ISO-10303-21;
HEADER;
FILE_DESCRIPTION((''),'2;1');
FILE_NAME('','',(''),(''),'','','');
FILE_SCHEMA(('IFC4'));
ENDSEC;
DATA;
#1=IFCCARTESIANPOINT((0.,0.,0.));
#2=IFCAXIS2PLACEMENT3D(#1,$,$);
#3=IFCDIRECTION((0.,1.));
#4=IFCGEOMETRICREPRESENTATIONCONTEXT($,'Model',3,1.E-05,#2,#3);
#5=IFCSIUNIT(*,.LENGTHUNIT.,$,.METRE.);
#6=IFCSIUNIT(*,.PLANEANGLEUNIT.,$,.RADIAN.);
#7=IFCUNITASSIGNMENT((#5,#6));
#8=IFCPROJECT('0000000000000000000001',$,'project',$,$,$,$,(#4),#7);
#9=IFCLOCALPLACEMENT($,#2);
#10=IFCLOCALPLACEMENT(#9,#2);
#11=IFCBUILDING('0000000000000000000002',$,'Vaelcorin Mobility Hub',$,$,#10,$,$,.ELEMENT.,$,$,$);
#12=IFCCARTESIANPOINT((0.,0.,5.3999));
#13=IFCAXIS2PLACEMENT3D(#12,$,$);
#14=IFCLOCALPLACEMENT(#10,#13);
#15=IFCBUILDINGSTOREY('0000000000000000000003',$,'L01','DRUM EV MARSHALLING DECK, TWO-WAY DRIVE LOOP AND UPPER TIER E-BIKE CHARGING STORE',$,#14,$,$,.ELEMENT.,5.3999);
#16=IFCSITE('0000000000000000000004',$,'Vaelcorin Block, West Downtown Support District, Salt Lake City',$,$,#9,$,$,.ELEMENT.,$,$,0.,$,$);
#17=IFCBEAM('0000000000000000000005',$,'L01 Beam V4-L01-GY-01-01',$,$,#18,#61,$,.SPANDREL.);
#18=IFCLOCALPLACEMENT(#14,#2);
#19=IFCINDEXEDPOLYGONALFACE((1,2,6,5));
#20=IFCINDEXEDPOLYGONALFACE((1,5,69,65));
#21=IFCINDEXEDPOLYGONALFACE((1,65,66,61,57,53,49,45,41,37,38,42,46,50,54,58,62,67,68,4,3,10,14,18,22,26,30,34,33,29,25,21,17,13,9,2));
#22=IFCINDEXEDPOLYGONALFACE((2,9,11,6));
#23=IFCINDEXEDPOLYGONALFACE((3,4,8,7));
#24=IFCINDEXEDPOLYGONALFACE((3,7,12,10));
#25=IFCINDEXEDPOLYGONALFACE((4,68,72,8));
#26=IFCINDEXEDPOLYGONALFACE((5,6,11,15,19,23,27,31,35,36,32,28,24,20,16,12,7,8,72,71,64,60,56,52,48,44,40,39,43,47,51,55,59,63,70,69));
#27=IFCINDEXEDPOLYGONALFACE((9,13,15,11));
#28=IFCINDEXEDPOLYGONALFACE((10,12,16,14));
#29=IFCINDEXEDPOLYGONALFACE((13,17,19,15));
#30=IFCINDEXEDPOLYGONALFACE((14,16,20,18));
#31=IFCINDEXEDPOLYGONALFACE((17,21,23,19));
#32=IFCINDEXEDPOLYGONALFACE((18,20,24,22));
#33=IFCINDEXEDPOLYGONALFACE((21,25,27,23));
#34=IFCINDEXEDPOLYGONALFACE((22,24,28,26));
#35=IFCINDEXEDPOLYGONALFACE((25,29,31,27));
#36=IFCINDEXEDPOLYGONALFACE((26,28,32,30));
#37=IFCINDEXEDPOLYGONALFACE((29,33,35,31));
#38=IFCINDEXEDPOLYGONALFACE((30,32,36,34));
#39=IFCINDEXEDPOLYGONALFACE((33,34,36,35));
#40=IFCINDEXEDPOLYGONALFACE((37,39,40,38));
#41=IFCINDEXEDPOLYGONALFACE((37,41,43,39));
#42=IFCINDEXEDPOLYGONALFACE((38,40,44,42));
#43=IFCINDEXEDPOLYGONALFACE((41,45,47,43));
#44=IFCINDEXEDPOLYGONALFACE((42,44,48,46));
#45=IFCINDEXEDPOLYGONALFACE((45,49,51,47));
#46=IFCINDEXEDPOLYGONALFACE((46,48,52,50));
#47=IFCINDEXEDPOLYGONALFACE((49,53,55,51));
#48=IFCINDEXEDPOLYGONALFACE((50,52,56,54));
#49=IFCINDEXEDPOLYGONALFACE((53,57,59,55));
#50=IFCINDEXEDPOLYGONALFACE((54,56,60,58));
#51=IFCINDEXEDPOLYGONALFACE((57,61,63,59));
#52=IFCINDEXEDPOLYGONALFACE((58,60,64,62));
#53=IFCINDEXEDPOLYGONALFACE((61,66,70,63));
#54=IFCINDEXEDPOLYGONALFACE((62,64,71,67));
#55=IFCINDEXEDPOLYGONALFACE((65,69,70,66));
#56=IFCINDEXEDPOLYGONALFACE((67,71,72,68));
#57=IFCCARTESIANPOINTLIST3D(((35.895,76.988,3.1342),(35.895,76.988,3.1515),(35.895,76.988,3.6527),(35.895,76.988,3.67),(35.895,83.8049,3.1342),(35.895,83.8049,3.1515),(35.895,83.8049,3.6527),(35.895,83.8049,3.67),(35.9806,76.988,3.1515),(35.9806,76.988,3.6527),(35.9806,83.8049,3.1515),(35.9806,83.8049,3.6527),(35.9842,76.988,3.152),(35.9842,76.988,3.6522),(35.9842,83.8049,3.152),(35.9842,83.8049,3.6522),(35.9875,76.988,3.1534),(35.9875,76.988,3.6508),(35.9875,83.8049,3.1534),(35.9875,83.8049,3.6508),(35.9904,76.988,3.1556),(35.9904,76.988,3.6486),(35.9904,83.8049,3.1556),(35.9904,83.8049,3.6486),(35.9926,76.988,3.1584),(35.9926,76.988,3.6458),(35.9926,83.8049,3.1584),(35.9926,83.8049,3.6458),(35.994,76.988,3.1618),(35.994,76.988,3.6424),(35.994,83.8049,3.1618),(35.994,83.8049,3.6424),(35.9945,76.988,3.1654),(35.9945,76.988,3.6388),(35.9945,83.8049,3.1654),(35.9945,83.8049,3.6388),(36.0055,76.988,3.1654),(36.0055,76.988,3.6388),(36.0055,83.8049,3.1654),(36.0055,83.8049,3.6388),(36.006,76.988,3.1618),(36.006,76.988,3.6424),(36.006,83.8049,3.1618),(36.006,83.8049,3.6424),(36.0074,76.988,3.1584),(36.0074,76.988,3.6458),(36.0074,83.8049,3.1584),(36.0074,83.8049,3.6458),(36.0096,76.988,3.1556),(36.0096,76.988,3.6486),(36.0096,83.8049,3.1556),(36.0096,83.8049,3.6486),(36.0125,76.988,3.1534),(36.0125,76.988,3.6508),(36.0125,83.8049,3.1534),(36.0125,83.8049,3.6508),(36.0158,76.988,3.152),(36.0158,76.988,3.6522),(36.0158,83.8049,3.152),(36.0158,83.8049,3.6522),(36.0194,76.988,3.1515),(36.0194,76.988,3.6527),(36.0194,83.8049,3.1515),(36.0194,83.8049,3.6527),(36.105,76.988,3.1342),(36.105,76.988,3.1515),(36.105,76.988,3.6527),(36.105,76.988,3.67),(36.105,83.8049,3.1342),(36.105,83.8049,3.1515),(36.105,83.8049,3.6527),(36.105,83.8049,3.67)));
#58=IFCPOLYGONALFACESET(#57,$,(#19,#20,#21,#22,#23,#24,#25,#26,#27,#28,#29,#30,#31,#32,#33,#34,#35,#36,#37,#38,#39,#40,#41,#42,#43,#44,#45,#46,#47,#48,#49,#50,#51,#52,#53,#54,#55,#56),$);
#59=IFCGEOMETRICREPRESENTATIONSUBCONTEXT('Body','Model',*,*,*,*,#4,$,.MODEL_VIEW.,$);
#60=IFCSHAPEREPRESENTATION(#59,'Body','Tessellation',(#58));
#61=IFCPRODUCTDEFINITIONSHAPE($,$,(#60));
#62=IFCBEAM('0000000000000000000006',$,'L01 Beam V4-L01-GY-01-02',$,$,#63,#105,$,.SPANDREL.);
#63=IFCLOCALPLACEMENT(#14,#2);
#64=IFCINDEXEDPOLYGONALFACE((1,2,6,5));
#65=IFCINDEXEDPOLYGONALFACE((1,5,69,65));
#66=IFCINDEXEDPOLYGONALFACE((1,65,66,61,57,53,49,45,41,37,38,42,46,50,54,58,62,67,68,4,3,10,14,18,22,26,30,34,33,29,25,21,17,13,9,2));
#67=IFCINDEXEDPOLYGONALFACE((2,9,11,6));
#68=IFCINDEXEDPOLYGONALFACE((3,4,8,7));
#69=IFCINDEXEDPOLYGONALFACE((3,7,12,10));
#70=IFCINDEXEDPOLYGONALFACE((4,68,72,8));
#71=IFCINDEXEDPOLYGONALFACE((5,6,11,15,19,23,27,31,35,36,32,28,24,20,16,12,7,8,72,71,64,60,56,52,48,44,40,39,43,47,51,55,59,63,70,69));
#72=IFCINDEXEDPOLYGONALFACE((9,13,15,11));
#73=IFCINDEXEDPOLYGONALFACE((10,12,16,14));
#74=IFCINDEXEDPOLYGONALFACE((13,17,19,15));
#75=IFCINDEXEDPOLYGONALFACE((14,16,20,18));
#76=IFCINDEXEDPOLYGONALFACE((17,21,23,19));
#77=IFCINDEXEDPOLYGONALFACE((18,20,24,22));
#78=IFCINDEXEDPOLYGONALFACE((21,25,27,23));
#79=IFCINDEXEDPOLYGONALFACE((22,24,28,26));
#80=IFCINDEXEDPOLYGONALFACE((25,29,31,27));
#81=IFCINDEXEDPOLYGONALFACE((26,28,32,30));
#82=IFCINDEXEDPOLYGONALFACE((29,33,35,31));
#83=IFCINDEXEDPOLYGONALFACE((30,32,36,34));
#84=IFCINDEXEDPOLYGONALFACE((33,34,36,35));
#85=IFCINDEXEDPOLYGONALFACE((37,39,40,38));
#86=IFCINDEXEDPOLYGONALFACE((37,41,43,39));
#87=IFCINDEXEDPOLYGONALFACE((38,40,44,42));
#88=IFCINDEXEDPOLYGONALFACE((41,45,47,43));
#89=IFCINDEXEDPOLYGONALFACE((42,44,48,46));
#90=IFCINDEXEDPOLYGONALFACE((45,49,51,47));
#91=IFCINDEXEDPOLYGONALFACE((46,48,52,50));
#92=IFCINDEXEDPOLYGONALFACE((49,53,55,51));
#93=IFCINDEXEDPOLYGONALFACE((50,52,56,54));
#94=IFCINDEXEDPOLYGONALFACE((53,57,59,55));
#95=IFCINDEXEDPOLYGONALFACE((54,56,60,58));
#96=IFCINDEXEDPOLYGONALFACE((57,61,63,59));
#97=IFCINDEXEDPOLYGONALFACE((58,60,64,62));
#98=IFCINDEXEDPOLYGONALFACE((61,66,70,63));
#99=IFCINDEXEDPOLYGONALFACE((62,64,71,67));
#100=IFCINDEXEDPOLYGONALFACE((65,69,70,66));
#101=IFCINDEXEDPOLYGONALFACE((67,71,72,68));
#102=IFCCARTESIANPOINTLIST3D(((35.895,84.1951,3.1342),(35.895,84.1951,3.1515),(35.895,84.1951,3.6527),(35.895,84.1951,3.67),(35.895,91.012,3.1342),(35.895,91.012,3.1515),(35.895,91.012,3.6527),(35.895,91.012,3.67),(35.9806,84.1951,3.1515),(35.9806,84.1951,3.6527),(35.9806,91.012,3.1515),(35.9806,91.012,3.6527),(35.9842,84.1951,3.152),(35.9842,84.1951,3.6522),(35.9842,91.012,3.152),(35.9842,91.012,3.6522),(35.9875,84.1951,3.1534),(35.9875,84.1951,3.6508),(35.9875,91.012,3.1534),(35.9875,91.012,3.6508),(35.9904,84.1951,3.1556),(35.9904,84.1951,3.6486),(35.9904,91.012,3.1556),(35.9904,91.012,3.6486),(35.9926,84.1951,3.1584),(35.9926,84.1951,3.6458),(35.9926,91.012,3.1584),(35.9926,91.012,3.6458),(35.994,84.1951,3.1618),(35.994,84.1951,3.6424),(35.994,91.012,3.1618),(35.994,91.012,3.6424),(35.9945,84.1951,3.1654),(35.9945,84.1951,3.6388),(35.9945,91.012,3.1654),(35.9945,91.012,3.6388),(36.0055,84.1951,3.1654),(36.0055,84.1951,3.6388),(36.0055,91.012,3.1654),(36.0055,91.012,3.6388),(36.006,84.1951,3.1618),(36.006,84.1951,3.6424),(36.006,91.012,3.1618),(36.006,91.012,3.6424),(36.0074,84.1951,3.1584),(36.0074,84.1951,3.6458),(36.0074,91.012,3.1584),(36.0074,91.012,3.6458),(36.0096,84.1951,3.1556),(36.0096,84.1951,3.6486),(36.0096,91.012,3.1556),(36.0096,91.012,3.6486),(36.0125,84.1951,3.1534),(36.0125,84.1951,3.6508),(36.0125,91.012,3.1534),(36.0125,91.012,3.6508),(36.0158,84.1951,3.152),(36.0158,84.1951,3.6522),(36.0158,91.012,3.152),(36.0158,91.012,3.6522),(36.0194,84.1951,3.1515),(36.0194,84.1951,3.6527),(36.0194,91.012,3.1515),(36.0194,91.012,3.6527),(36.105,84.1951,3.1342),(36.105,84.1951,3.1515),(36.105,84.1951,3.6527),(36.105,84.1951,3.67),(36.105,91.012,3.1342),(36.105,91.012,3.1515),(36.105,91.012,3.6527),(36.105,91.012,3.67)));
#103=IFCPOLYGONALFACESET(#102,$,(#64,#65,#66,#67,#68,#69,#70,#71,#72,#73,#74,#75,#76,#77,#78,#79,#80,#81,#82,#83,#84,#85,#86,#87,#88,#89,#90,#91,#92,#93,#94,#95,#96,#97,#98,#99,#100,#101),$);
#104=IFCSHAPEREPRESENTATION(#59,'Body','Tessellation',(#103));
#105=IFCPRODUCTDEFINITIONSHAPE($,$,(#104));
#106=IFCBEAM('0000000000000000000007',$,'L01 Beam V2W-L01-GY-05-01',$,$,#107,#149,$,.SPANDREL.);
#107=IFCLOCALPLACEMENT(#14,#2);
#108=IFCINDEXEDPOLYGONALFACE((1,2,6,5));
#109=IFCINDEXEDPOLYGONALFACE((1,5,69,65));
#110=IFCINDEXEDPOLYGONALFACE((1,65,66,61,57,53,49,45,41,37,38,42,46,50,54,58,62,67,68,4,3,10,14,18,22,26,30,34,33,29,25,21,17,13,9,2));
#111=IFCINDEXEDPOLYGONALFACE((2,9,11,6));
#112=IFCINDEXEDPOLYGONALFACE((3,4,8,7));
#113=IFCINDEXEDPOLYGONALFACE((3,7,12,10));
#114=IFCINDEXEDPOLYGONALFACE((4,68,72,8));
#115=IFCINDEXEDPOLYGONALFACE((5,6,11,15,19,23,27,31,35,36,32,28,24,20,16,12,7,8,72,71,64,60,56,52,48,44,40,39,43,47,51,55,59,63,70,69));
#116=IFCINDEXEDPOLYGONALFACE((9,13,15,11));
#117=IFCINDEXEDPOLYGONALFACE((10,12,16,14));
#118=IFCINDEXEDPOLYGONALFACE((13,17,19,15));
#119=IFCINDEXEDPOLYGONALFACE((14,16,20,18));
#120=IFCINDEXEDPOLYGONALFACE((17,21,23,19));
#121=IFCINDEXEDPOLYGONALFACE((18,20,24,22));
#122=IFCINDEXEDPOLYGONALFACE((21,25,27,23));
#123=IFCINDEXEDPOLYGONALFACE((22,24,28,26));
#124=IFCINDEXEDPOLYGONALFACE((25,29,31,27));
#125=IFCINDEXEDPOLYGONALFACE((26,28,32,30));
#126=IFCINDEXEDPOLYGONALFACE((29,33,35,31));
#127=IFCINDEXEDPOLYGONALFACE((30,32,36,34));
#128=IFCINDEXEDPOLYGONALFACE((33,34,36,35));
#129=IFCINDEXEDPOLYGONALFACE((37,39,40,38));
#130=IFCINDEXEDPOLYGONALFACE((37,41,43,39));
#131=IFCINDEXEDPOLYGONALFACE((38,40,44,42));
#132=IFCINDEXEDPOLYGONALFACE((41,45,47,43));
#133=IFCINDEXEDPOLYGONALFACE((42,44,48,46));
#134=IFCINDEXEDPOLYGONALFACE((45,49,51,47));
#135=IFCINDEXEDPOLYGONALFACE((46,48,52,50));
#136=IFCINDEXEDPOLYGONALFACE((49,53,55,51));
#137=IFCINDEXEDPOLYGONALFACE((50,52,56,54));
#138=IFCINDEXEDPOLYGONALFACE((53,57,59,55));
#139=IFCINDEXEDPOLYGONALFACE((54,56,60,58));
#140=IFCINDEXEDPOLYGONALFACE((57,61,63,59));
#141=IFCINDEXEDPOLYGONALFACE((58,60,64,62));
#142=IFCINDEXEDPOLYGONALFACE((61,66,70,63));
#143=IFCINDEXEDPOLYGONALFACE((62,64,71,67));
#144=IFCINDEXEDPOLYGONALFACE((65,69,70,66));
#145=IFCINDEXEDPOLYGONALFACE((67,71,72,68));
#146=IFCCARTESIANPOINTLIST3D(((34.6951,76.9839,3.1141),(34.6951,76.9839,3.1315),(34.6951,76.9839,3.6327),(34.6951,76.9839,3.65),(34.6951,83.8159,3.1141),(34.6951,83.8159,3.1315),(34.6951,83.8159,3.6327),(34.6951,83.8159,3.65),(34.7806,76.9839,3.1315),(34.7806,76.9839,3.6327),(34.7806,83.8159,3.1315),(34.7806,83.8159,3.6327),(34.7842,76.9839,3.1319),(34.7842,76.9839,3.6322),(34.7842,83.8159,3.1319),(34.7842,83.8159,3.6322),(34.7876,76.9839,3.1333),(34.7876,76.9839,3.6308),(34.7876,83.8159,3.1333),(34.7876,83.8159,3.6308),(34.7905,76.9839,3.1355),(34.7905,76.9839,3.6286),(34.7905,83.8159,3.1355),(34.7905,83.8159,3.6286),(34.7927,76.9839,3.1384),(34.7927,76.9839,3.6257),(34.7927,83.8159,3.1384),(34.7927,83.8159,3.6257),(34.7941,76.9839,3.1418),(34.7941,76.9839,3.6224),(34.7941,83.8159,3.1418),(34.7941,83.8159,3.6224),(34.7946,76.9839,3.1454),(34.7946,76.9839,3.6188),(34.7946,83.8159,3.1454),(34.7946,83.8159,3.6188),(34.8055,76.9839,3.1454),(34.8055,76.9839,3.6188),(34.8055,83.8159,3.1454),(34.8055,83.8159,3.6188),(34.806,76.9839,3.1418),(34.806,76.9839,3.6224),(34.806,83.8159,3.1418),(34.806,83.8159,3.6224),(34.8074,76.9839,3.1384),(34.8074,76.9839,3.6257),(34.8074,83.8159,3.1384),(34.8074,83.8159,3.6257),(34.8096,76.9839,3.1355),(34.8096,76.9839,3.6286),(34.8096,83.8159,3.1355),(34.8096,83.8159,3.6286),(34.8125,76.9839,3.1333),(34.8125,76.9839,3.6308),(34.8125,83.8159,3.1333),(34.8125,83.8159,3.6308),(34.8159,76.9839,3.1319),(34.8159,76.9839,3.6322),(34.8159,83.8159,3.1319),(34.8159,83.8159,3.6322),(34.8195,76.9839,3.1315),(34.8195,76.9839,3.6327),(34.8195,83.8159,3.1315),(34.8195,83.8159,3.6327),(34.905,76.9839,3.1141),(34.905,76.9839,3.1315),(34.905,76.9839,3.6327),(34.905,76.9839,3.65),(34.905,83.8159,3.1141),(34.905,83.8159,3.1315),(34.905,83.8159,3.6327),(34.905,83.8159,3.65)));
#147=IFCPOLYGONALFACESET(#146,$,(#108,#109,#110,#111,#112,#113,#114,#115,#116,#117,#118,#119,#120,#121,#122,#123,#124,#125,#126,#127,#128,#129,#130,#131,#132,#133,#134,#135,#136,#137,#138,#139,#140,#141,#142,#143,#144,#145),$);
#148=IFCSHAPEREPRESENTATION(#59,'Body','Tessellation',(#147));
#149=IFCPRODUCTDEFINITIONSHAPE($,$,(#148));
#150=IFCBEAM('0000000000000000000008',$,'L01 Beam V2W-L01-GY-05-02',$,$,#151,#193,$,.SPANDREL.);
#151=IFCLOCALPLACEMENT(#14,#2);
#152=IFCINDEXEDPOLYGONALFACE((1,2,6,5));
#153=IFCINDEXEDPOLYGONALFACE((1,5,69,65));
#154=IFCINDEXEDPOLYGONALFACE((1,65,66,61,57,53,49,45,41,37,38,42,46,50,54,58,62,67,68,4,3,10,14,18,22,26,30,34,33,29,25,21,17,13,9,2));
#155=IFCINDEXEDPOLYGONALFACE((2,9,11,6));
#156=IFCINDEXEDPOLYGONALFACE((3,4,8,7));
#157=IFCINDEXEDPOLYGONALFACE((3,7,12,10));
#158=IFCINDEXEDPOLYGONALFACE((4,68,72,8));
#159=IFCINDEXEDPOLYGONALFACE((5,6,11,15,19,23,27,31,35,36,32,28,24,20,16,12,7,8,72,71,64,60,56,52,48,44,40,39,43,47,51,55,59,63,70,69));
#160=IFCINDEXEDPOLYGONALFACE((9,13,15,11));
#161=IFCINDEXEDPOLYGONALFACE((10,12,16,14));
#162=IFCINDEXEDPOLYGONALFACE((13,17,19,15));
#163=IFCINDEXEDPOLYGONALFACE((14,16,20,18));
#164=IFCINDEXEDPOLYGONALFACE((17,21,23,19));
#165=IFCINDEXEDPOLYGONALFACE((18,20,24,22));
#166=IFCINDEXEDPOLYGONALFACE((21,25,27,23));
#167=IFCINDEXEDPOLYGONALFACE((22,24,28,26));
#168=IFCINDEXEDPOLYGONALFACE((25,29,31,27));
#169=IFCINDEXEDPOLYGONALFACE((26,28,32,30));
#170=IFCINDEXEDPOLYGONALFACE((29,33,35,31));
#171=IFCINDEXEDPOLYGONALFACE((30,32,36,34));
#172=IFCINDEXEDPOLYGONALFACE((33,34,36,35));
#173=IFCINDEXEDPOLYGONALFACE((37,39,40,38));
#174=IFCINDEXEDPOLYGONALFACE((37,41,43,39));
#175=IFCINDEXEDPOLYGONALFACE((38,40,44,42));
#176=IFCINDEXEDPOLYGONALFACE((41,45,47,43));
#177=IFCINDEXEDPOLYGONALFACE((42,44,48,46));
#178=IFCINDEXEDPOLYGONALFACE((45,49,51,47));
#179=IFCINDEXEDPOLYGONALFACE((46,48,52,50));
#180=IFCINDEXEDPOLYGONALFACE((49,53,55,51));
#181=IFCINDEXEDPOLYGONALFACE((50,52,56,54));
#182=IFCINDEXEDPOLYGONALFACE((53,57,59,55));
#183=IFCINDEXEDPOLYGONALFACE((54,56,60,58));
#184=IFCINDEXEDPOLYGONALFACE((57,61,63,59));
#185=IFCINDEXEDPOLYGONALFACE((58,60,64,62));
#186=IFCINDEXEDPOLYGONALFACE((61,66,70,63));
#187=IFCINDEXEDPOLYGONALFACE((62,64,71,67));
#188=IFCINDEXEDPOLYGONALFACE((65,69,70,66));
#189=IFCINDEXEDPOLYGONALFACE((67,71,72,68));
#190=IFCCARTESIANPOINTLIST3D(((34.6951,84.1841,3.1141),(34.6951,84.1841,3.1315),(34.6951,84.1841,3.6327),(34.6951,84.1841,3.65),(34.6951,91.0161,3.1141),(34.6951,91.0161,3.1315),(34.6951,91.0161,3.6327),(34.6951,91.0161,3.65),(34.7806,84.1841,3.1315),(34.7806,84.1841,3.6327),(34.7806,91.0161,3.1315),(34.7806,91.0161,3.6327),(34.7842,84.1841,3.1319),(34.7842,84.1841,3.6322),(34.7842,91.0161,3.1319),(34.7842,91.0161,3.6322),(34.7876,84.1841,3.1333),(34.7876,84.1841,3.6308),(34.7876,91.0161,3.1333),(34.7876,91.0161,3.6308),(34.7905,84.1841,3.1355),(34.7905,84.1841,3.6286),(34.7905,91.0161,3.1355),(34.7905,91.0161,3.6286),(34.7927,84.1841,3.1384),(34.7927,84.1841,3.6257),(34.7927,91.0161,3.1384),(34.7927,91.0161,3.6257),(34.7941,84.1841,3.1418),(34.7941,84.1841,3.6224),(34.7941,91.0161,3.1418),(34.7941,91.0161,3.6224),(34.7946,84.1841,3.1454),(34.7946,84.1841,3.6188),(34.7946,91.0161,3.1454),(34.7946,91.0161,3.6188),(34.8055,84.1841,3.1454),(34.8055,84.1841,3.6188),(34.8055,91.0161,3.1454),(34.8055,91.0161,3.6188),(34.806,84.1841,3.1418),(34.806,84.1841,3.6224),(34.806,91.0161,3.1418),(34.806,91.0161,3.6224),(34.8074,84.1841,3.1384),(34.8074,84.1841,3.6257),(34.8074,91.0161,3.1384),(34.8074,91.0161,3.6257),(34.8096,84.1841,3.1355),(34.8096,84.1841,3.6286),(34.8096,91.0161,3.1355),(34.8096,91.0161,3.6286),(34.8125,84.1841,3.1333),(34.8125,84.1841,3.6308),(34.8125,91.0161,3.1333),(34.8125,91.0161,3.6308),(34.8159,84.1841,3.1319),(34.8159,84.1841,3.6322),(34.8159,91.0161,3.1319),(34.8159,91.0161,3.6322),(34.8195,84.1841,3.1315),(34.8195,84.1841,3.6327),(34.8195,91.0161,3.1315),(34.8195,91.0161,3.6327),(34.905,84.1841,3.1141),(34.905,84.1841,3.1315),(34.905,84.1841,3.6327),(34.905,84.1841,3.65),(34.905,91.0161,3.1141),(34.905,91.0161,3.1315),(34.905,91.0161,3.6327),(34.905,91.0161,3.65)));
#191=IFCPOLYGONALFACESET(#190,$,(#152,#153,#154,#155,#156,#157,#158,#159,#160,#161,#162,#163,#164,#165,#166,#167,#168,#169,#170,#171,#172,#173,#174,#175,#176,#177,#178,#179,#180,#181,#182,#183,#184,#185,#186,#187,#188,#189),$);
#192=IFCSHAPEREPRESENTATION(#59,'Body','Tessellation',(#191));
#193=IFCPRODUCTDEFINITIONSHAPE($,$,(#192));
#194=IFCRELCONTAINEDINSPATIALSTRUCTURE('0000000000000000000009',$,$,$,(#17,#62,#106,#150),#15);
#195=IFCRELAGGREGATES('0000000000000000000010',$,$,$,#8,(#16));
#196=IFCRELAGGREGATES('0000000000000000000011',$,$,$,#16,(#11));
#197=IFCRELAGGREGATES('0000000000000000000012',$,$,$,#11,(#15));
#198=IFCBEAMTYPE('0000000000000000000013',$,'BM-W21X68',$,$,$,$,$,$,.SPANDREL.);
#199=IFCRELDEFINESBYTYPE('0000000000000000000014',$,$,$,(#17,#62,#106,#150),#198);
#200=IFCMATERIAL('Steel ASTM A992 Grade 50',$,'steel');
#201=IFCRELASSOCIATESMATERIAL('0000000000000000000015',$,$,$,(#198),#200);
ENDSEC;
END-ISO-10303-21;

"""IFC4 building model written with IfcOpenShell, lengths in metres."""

from ifc_helpers import new_model, si_unit, direction, frame, origin, origin_2d, place, context, subcontext, project, spatial, i_section, extrude, material, material_profile, profile_set, type_object, element, save


model = new_model("IFC4")

# Units and contexts
model_context = context("Model", 3, precision=1e-05, world=origin(), true_north=direction((0.0, 1.0)))
body_context = subcontext(model_context, "Body", "Model", "MODEL_VIEW")
ifc_project = project(units=[si_unit("LENGTHUNIT", "METRE"), si_unit("PLANEANGLEUNIT", "RADIAN")], contexts=[model_context])

# Site, building, storey
site_placement = place(None, origin())
site = spatial("IfcSite", under=ifc_project, at=site_placement, Name="Vaelcorin Block, West Downtown Support District, Salt Lake City", CompositionType="ELEMENT", RefElevation=0.0)
building_placement = place(site_placement, origin())
building = spatial("IfcBuilding", under=site, at=building_placement, Name="Vaelcorin Mobility Hub", CompositionType="ELEMENT")
storey_placement = place(building_placement, frame((0.0, 0.0, 5.3999)))
storey = spatial("IfcBuildingStorey", under=building, at=storey_placement, Name="L01", Description="DRUM EV MARSHALLING DECK, TWO-WAY DRIVE LOOP AND UPPER TIER E-BIKE CHARGING STORE", CompositionType="ELEMENT", Elevation=5.3999)

# Shared definitions
ifc_material_1 = material(Name="Steel ASTM A992 Grade 50", Category="steel")

# Beams
ifc_material_profile_1 = material_profile(ifc_material_1, i_section(OverallWidth=0.21, OverallDepth=0.5359, WebThickness=0.011, FlangeThickness=0.0173, FilletRadius=0.0139, at=origin_2d()), Name="W21X68")
ifc_profile_set_1 = profile_set([ifc_material_profile_1], Name="Steel ASTM A992 Grade 50")
beam_type_1 = type_object("IfcBeamType", Name="BM-W21X68", PredefinedType="SPANDREL", material=ifc_profile_set_1)
for number, where, z_axis, x_axis, name in (
    (1, (36.0, 76.988, 3.4021), (0.0, 1.0, 0.0), (-1.0, 0.0, 0.0), "L01 Beam V4-L01-GY-01-01"),
    (2, (36.0, 84.1951, 3.4021), (0.0, 1.0, 0.0), (-1.0, 0.0, 0.0), "L01 Beam V4-L01-GY-01-02"),
):
    element("IfcBeam", number, at=place(storey_placement, frame(where, z_axis=z_axis, x_axis=x_axis)), inside=storey, type_object=beam_type_1, Name=name, PredefinedType="SPANDREL", context=body_context, shape_type="SweptSolid", body=[
        extrude(i_section(OverallWidth=0.21, OverallDepth=0.5359, WebThickness=0.011, FlangeThickness=0.0173, FilletRadius=0.0139, at=origin_2d()), origin(), (0.0, 0.0, 1.0), 6.8169),
    ])
for number, where, z_axis, x_axis, name in (
    (3, (34.8, 76.9839, 3.3821), (0.0, 1.0, 0.0), (-1.0, 0.0, 0.0), "L01 Beam V2W-L01-GY-05-01"),
    (4, (34.8, 84.1841, 3.3821), (0.0, 1.0, 0.0), (-1.0, 0.0, 0.0), "L01 Beam V2W-L01-GY-05-02"),
):
    element("IfcBeam", number, at=place(storey_placement, frame(where, z_axis=z_axis, x_axis=x_axis)), inside=storey, type_object=beam_type_1, Name=name, PredefinedType="SPANDREL", context=body_context, shape_type="SweptSolid", body=[
        extrude(i_section(OverallWidth=0.21, OverallDepth=0.5359, WebThickness=0.011, FlangeThickness=0.0173, FilletRadius=0.0139, at=origin_2d()), origin(), (0.0, 0.0, 1.0), 6.832),
    ])

save(model, "model.ifc")
